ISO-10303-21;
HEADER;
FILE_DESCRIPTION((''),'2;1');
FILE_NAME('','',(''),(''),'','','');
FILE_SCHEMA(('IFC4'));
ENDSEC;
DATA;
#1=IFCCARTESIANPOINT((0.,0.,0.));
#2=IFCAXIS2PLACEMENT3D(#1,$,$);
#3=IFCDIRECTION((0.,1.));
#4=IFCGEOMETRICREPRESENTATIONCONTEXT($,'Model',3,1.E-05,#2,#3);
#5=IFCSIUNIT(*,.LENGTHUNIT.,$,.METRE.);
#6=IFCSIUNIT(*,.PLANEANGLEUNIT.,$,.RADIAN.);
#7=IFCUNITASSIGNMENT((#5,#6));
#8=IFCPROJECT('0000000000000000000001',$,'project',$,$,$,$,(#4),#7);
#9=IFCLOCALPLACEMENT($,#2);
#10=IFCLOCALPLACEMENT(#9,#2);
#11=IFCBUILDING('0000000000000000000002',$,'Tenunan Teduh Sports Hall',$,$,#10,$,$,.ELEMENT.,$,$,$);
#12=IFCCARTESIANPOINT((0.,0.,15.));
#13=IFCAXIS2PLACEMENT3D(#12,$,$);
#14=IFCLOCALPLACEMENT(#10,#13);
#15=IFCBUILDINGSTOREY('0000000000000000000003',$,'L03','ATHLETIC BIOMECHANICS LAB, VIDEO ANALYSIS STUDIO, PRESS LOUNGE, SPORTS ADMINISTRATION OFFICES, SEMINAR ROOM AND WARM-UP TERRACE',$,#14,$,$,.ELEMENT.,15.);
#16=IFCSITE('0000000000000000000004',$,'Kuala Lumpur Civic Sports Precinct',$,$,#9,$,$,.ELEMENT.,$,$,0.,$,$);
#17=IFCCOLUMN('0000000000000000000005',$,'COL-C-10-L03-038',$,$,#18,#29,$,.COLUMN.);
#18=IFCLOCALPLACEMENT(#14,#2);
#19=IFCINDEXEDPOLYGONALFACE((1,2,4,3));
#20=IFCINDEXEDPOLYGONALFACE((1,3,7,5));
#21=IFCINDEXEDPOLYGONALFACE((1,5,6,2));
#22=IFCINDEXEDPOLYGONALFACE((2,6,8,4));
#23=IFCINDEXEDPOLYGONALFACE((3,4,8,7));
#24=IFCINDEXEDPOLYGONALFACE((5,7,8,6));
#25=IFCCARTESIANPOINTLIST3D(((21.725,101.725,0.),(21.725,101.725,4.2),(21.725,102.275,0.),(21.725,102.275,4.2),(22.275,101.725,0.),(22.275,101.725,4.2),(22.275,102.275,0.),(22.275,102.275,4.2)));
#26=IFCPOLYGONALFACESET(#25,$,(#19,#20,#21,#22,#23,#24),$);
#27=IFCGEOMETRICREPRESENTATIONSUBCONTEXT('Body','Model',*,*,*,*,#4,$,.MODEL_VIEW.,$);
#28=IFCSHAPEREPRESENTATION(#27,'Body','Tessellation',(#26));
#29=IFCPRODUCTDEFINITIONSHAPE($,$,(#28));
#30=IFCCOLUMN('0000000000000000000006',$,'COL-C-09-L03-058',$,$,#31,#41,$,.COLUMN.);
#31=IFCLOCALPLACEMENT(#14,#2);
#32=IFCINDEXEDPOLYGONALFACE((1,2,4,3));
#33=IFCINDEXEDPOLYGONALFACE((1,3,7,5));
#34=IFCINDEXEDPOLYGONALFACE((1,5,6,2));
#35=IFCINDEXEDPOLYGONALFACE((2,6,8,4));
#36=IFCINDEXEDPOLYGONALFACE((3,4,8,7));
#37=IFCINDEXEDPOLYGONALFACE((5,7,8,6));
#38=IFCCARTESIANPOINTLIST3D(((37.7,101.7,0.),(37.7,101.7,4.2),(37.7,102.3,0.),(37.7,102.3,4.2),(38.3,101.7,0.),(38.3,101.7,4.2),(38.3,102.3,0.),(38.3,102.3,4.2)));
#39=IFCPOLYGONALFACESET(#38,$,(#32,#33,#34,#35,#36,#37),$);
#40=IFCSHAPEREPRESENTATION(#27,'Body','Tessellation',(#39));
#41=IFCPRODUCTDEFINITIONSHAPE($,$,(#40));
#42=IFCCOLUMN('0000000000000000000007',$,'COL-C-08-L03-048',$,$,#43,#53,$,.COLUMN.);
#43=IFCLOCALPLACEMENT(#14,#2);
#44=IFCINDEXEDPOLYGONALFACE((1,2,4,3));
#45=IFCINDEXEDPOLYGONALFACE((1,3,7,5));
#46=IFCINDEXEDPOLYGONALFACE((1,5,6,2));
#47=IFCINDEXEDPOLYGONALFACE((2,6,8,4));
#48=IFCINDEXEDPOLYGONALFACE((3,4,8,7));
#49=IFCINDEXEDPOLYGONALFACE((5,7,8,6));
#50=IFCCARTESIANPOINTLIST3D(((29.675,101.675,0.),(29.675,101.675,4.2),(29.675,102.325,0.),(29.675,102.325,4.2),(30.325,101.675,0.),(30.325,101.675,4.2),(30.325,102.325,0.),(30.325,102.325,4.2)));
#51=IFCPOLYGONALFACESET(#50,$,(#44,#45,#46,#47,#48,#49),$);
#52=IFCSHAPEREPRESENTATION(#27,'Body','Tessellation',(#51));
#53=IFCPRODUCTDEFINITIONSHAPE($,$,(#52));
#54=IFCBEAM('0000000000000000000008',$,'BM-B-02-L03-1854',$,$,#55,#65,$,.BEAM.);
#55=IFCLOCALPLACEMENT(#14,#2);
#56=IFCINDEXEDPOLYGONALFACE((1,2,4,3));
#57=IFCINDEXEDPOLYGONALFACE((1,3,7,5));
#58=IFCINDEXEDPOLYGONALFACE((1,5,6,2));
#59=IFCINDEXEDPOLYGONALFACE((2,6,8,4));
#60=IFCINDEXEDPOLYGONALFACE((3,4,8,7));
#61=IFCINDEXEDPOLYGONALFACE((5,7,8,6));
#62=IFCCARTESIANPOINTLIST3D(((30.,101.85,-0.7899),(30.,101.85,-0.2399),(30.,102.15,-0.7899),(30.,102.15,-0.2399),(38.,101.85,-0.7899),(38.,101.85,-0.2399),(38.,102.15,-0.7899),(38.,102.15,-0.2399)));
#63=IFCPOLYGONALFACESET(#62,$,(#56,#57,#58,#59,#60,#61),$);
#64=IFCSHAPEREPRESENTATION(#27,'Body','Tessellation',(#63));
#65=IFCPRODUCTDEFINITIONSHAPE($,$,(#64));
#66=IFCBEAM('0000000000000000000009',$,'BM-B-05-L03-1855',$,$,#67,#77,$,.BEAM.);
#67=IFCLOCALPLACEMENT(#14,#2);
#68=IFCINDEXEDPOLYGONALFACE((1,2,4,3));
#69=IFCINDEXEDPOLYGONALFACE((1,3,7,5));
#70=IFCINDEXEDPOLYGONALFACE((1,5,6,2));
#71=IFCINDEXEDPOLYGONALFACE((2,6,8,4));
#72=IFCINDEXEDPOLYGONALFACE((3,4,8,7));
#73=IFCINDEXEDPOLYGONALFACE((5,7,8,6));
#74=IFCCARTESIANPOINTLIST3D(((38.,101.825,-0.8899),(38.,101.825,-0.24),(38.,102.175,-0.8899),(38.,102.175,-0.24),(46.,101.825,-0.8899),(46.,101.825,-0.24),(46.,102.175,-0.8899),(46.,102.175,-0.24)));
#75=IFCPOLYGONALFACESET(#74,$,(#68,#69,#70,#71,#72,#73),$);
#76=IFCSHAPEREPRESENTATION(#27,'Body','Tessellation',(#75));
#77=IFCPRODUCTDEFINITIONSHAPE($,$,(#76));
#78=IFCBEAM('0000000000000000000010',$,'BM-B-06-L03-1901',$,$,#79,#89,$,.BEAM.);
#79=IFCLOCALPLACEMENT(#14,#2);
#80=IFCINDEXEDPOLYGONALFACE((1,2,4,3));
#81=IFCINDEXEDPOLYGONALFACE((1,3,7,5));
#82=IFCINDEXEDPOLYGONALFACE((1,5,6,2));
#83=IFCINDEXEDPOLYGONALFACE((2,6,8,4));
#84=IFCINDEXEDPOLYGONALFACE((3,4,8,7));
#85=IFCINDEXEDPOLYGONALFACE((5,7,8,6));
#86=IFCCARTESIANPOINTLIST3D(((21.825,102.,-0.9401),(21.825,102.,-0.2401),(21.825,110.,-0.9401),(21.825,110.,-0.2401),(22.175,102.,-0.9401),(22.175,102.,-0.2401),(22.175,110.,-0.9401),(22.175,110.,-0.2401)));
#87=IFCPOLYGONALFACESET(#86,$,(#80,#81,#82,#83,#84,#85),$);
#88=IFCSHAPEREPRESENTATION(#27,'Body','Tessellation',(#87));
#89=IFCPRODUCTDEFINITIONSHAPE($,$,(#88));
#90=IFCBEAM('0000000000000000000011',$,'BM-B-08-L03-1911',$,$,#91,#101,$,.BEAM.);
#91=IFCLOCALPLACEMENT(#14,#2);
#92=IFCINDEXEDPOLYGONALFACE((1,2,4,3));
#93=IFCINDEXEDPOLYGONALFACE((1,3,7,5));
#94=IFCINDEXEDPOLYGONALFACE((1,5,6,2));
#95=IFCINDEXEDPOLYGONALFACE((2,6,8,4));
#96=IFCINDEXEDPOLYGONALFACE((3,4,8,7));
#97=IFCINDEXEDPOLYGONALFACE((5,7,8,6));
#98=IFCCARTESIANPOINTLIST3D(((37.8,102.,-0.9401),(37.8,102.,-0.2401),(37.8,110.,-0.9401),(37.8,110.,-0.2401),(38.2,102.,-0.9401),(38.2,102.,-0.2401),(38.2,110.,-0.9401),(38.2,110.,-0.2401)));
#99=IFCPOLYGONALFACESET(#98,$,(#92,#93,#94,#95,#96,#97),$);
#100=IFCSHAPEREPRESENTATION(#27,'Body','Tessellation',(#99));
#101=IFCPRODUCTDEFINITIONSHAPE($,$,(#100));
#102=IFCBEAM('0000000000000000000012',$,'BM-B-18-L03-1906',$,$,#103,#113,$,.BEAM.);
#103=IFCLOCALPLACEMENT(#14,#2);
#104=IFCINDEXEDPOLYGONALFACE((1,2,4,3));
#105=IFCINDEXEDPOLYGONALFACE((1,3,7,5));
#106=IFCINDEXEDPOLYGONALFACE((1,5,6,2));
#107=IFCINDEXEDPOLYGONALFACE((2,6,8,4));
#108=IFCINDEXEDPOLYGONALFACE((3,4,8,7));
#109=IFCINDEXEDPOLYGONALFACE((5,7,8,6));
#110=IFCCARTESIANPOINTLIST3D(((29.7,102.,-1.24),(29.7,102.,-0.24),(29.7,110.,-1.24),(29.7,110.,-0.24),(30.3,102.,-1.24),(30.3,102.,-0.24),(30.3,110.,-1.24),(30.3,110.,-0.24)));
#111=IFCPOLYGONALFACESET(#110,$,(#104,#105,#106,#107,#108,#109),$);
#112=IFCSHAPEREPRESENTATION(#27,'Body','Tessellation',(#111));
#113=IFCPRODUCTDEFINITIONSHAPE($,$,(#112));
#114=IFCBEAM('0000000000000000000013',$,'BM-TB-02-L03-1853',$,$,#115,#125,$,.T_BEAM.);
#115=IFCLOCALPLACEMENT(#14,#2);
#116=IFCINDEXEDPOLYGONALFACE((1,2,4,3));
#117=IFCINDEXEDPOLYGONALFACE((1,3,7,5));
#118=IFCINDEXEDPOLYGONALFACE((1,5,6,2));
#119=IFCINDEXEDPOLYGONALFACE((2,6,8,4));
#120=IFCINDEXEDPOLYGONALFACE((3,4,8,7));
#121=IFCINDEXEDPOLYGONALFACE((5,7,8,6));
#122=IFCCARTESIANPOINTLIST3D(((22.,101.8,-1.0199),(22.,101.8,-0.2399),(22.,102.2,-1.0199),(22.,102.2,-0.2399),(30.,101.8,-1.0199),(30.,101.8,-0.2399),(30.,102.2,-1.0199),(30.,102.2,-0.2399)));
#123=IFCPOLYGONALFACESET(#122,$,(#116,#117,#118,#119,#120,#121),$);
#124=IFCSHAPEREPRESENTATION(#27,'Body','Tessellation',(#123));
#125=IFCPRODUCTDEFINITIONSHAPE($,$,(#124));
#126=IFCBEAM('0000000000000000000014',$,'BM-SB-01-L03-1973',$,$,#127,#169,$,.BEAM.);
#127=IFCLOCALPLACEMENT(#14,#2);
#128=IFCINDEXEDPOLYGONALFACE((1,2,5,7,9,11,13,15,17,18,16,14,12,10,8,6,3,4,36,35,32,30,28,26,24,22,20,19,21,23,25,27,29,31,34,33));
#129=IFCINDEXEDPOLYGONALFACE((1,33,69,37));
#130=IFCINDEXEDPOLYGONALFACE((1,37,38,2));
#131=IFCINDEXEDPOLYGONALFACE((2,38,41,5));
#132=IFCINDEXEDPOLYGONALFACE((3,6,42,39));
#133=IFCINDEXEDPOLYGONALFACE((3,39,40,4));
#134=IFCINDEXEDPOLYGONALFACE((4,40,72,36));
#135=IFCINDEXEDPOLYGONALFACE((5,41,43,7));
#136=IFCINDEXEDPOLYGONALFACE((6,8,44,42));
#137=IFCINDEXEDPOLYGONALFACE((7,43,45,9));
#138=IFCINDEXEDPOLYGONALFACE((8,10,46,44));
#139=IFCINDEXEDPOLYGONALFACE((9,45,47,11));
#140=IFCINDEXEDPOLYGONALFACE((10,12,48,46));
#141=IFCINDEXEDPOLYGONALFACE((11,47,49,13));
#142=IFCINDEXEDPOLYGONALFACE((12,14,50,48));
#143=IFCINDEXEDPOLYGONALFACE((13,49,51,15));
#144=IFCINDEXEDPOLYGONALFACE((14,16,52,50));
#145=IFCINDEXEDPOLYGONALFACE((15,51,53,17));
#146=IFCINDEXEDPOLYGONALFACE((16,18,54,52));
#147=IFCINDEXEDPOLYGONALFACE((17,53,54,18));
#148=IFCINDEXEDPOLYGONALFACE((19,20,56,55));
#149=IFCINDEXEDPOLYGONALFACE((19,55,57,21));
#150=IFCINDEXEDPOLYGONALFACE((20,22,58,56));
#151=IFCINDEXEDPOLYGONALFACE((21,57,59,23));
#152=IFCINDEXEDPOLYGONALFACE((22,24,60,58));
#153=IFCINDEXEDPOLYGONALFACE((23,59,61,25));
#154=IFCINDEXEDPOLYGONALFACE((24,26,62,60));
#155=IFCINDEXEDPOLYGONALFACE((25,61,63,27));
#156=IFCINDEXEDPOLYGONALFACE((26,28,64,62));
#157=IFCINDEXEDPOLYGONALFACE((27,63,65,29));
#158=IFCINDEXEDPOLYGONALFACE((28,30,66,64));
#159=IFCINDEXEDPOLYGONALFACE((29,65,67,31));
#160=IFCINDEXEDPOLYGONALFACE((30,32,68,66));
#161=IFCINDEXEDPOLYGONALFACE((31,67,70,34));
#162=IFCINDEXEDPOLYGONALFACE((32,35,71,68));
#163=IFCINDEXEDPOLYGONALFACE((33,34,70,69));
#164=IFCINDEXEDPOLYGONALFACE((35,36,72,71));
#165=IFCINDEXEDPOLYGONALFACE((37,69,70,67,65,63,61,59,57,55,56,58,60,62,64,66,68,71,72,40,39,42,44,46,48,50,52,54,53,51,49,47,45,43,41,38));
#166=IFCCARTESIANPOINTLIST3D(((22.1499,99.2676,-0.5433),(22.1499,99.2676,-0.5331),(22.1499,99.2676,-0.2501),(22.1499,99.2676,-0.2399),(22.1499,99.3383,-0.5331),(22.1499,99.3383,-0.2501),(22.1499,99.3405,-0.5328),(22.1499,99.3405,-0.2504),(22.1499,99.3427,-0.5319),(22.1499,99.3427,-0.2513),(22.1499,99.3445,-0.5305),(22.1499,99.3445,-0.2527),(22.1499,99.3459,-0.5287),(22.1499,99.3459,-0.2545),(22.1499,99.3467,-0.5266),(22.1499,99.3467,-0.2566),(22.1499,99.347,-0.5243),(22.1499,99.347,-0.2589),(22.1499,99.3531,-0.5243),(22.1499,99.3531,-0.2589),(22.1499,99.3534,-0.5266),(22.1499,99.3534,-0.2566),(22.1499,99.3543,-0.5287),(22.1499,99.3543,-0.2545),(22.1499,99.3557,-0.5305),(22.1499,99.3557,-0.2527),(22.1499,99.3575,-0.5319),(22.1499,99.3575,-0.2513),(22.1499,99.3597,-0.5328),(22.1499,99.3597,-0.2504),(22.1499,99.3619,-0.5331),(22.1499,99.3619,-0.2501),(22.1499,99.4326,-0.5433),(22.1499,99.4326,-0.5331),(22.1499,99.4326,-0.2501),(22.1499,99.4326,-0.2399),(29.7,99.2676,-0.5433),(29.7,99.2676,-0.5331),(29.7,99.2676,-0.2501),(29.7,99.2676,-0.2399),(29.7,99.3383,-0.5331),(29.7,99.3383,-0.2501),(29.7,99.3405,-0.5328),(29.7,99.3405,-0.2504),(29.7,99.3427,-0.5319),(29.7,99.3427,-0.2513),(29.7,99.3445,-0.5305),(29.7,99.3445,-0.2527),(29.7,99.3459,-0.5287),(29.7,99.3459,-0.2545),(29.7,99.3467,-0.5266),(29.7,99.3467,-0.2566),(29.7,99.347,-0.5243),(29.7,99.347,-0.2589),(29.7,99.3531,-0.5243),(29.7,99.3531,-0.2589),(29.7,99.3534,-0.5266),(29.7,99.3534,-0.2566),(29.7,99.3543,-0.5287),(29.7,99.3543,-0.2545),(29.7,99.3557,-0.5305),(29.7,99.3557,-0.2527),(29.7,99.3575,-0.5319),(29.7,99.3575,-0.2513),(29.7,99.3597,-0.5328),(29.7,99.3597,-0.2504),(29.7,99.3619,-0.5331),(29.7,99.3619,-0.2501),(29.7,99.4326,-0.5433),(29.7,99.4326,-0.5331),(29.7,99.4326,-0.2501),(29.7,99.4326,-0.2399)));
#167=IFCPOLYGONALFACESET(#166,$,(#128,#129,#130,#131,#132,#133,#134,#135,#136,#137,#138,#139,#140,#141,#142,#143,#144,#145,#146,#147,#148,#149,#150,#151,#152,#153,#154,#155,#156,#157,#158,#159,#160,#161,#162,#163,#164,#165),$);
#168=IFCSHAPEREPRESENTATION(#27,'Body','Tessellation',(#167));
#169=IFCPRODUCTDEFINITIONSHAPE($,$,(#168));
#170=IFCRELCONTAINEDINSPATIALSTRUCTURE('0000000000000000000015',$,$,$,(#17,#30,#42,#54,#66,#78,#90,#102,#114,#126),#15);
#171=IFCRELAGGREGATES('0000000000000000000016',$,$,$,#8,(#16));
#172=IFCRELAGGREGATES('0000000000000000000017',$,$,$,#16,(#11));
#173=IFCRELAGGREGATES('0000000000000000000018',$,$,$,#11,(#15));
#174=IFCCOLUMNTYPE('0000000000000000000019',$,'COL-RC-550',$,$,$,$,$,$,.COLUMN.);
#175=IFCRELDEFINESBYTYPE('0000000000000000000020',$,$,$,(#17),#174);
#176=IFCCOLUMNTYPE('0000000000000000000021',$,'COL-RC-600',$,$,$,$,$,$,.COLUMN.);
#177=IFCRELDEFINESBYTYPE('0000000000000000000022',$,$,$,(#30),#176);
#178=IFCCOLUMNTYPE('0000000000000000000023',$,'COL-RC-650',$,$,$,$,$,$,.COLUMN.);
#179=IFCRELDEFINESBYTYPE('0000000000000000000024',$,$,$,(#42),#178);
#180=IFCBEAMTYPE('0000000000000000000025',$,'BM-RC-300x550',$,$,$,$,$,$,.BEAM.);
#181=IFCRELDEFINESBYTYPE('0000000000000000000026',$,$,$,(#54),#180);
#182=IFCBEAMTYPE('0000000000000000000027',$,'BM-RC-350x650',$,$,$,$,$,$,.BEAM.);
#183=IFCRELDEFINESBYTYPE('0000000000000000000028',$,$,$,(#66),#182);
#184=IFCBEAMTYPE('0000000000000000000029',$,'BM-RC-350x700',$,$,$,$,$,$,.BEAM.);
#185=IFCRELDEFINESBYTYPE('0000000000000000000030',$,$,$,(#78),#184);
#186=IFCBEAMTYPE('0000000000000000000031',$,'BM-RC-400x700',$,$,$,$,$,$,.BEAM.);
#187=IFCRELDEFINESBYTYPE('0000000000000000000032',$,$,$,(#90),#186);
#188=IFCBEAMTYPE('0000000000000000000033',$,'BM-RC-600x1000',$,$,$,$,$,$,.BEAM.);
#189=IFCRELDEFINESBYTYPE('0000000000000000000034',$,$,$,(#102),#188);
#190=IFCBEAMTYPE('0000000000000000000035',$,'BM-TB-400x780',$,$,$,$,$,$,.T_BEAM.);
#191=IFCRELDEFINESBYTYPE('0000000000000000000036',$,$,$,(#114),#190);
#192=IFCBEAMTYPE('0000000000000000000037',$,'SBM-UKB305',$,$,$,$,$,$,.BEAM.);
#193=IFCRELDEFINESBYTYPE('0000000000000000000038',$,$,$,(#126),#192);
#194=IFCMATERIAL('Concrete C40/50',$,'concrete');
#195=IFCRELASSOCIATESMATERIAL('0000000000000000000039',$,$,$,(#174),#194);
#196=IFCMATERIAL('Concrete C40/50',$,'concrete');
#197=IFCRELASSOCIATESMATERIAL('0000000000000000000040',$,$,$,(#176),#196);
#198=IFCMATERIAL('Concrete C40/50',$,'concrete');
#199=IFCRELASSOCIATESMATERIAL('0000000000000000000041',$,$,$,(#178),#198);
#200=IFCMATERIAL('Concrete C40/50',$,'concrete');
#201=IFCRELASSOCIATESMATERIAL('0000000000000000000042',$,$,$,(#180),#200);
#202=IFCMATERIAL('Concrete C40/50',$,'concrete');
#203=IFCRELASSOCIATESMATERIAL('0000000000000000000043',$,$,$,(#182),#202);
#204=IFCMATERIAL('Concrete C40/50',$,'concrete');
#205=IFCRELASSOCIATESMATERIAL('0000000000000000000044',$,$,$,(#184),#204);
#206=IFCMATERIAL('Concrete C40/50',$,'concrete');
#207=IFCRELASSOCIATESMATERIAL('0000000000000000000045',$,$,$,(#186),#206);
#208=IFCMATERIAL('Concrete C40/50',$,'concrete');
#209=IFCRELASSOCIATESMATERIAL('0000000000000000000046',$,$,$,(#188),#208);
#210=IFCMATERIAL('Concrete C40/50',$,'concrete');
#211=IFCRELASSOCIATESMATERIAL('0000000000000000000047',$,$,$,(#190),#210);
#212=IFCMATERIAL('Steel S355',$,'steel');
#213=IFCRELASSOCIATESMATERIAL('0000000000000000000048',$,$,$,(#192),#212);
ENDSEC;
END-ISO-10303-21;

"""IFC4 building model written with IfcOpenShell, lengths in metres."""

from ifc_helpers import new_model, si_unit, direction, frame, origin, origin_2d, place, context, subcontext, project, spatial, rectangle, i_section, extrude, material, material_profile, profile_set, type_object, element, save


model = new_model("IFC4")

# Units and contexts
model_context = context("Model", 3, precision=1e-05, world=origin(), true_north=direction((0.0, 1.0)))
body_context = subcontext(model_context, "Body", "Model", "MODEL_VIEW")
ifc_project = project(units=[si_unit("LENGTHUNIT", "METRE"), si_unit("PLANEANGLEUNIT", "RADIAN")], contexts=[model_context])

# Site, building, storey
site_placement = place(None, origin())
site = spatial("IfcSite", under=ifc_project, at=site_placement, Name="Kuala Lumpur Civic Sports Precinct", CompositionType="ELEMENT", RefElevation=0.0)
building_placement = place(site_placement, origin())
building = spatial("IfcBuilding", under=site, at=building_placement, Name="Tenunan Teduh Sports Hall", CompositionType="ELEMENT")
storey_placement = place(building_placement, frame((0.0, 0.0, 15.0)))
storey = spatial("IfcBuildingStorey", under=building, at=storey_placement, Name="L03", Description="ATHLETIC BIOMECHANICS LAB, VIDEO ANALYSIS STUDIO, PRESS LOUNGE, SPORTS ADMINISTRATION OFFICES, SEMINAR ROOM AND WARM-UP TERRACE", CompositionType="ELEMENT", Elevation=15.0)

# Columns
ifc_material_1 = material(Name="Concrete C40/50", Category="concrete")
ifc_material_profile_1 = material_profile(ifc_material_1, rectangle(XDim=0.55, YDim=0.55, at=origin_2d()), Name="RC 550x550")
ifc_profile_set_1 = profile_set([ifc_material_profile_1], Name="Concrete C40/50")
column_type_1 = type_object("IfcColumnType", Name="COL-RC-550", PredefinedType="COLUMN", material=ifc_profile_set_1)
column_1_placement = place(storey_placement, frame((22.0, 102.0, 0.0), z_axis=(0.0, 0.0, 1.0), x_axis=(1.0, 0.0, 0.0)))
element("IfcColumn", 1, at=column_1_placement, inside=storey, type_object=column_type_1, Name="COL-C-10-L03-038", PredefinedType="COLUMN", context=body_context, shape_type="SweptSolid", body=[
    extrude(rectangle(XDim=0.55, YDim=0.55, at=origin_2d()), origin(), (0.0, 0.0, 1.0), 4.2),
])
ifc_material_2 = material(Name="Concrete C40/50", Category="concrete")
ifc_material_profile_2 = material_profile(ifc_material_2, rectangle(XDim=0.6001, YDim=0.6001, at=origin_2d()), Name="RC 600x600")
ifc_profile_set_2 = profile_set([ifc_material_profile_2], Name="Concrete C40/50")
column_type_2 = type_object("IfcColumnType", Name="COL-RC-600", PredefinedType="COLUMN", material=ifc_profile_set_2)
column_2_placement = place(storey_placement, frame((38.0, 102.0, 0.0), z_axis=(0.0, 0.0, 1.0), x_axis=(1.0, 0.0, 0.0)))
element("IfcColumn", 2, at=column_2_placement, inside=storey, type_object=column_type_2, Name="COL-C-09-L03-058", PredefinedType="COLUMN", context=body_context, shape_type="SweptSolid", body=[
    extrude(rectangle(XDim=0.6001, YDim=0.6001, at=origin_2d()), origin(), (0.0, 0.0, 1.0), 4.2),
])
ifc_material_3 = material(Name="Concrete C40/50", Category="concrete")
ifc_material_profile_3 = material_profile(ifc_material_3, rectangle(XDim=0.6499, YDim=0.6499, at=origin_2d()), Name="RC 650x650")
ifc_profile_set_3 = profile_set([ifc_material_profile_3], Name="Concrete C40/50")
column_type_3 = type_object("IfcColumnType", Name="COL-RC-650", PredefinedType="COLUMN", material=ifc_profile_set_3)
column_3_placement = place(storey_placement, frame((30.0, 102.0, 0.0), z_axis=(0.0, 0.0, 1.0), x_axis=(1.0, 0.0, 0.0)))
element("IfcColumn", 3, at=column_3_placement, inside=storey, type_object=column_type_3, Name="COL-C-08-L03-048", PredefinedType="COLUMN", context=body_context, shape_type="SweptSolid", body=[
    extrude(rectangle(XDim=0.6499, YDim=0.6499, at=origin_2d()), origin(), (0.0, 0.0, 1.0), 4.2),
])

# Beams
ifc_material_4 = material(Name="Concrete C40/50", Category="concrete")
ifc_material_profile_4 = material_profile(ifc_material_4, rectangle(XDim=0.3, YDim=0.55, at=origin_2d()), Name="RCB 300x550")
ifc_profile_set_4 = profile_set([ifc_material_profile_4], Name="Concrete C40/50")
beam_type_1 = type_object("IfcBeamType", Name="BM-RC-300x550", PredefinedType="BEAM", material=ifc_profile_set_4)
beam_1_placement = place(storey_placement, frame((30.0, 102.0, -0.5149), z_axis=(1.0, 0.0, 0.0), x_axis=(0.0, 1.0, 0.0)))
element("IfcBeam", 4, at=beam_1_placement, inside=storey, type_object=beam_type_1, Name="BM-B-02-L03-1854", PredefinedType="BEAM", context=body_context, shape_type="SweptSolid", body=[
    extrude(rectangle(XDim=0.3, YDim=0.55, at=origin_2d()), origin(), (0.0, 0.0, 1.0), 8.0),
])
ifc_material_5 = material(Name="Concrete C40/50", Category="concrete")
ifc_material_profile_5 = material_profile(ifc_material_5, rectangle(XDim=0.3501, YDim=0.6499, at=origin_2d()), Name="RCB 350x650")
ifc_profile_set_5 = profile_set([ifc_material_profile_5], Name="Concrete C40/50")
beam_type_2 = type_object("IfcBeamType", Name="BM-RC-350x650", PredefinedType="BEAM", material=ifc_profile_set_5)
beam_2_placement = place(storey_placement, frame((38.0, 102.0, -0.5649), z_axis=(1.0, 0.0, 0.0), x_axis=(0.0, 1.0, 0.0)))
element("IfcBeam", 5, at=beam_2_placement, inside=storey, type_object=beam_type_2, Name="BM-B-05-L03-1855", PredefinedType="BEAM", context=body_context, shape_type="SweptSolid", body=[
    extrude(rectangle(XDim=0.3501, YDim=0.6499, at=origin_2d()), origin(), (0.0, 0.0, 1.0), 8.0),
])
ifc_material_6 = material(Name="Concrete C40/50", Category="concrete")
ifc_material_profile_6 = material_profile(ifc_material_6, rectangle(XDim=0.3501, YDim=0.7, at=origin_2d()), Name="RCB 350x700")
ifc_profile_set_6 = profile_set([ifc_material_profile_6], Name="Concrete C40/50")
beam_type_3 = type_object("IfcBeamType", Name="BM-RC-350x700", PredefinedType="BEAM", material=ifc_profile_set_6)
beam_3_placement = place(storey_placement, frame((22.0, 102.0, -0.5901), z_axis=(0.0, 1.0, 0.0), x_axis=(-1.0, 0.0, 0.0)))
element("IfcBeam", 6, at=beam_3_placement, inside=storey, type_object=beam_type_3, Name="BM-B-06-L03-1901", PredefinedType="BEAM", context=body_context, shape_type="SweptSolid", body=[
    extrude(rectangle(XDim=0.3501, YDim=0.7, at=origin_2d()), origin(), (0.0, 0.0, 1.0), 8.0),
])
ifc_material_7 = material(Name="Concrete C40/50", Category="concrete")
ifc_material_profile_7 = material_profile(ifc_material_7, rectangle(XDim=0.3999, YDim=0.7, at=origin_2d()), Name="RCB 400x700")
ifc_profile_set_7 = profile_set([ifc_material_profile_7], Name="Concrete C40/50")
beam_type_4 = type_object("IfcBeamType", Name="BM-RC-400x700", PredefinedType="BEAM", material=ifc_profile_set_7)
beam_4_placement = place(storey_placement, frame((38.0, 102.0, -0.5901), z_axis=(0.0, 1.0, 0.0), x_axis=(-1.0, 0.0, 0.0)))
element("IfcBeam", 7, at=beam_4_placement, inside=storey, type_object=beam_type_4, Name="BM-B-08-L03-1911", PredefinedType="BEAM", context=body_context, shape_type="SweptSolid", body=[
    extrude(rectangle(XDim=0.3999, YDim=0.7, at=origin_2d()), origin(), (0.0, 0.0, 1.0), 8.0),
])
ifc_material_8 = material(Name="Concrete C40/50", Category="concrete")
ifc_material_profile_8 = material_profile(ifc_material_8, rectangle(XDim=0.6001, YDim=1.0, at=origin_2d()), Name="RCB 600x1000")
ifc_profile_set_8 = profile_set([ifc_material_profile_8], Name="Concrete C40/50")
beam_type_5 = type_object("IfcBeamType", Name="BM-RC-600x1000", PredefinedType="BEAM", material=ifc_profile_set_8)
beam_5_placement = place(storey_placement, frame((30.0, 102.0, -0.74), z_axis=(0.0, 1.0, 0.0), x_axis=(-1.0, 0.0, 0.0)))
element("IfcBeam", 8, at=beam_5_placement, inside=storey, type_object=beam_type_5, Name="BM-B-18-L03-1906", PredefinedType="BEAM", context=body_context, shape_type="SweptSolid", body=[
    extrude(rectangle(XDim=0.6001, YDim=1.0, at=origin_2d()), origin(), (0.0, 0.0, 1.0), 8.0),
])
ifc_material_9 = material(Name="Concrete C40/50", Category="concrete")
ifc_material_profile_9 = material_profile(ifc_material_9, rectangle(XDim=0.3999, YDim=0.78, at=origin_2d()), Name="TB 400x780")
ifc_profile_set_9 = profile_set([ifc_material_profile_9], Name="Concrete C40/50")
beam_type_6 = type_object("IfcBeamType", Name="BM-TB-400x780", PredefinedType="T_BEAM", material=ifc_profile_set_9)
beam_6_placement = place(storey_placement, frame((22.0, 102.0, -0.6299), z_axis=(1.0, 0.0, 0.0), x_axis=(0.0, 1.0, 0.0)))
element("IfcBeam", 9, at=beam_6_placement, inside=storey, type_object=beam_type_6, Name="BM-TB-02-L03-1853", PredefinedType="T_BEAM", context=body_context, shape_type="SweptSolid", body=[
    extrude(rectangle(XDim=0.3999, YDim=0.78, at=origin_2d()), origin(), (0.0, 0.0, 1.0), 8.0),
])
ifc_material_10 = material(Name="Steel S355", Category="steel")
ifc_material_profile_10 = material_profile(ifc_material_10, i_section(OverallWidth=0.165, OverallDepth=0.3035, WebThickness=0.0061, FlangeThickness=0.0103, FilletRadius=0.0088, at=origin_2d()), Name="UKB 305x165x40")
ifc_profile_set_10 = profile_set([ifc_material_profile_10], Name="Steel S355")
beam_type_7 = type_object("IfcBeamType", Name="SBM-UKB305", PredefinedType="BEAM", material=ifc_profile_set_10)
beam_7_placement = place(storey_placement, frame((22.1499, 99.3501, -0.3916), z_axis=(1.0, 0.0, 0.0), x_axis=(0.0, 1.0, 0.0)))
element("IfcBeam", 10, at=beam_7_placement, inside=storey, type_object=beam_type_7, Name="BM-SB-01-L03-1973", PredefinedType="BEAM", context=body_context, shape_type="SweptSolid", body=[
    extrude(i_section(OverallWidth=0.165, OverallDepth=0.3035, WebThickness=0.0061, FlangeThickness=0.0103, FilletRadius=0.0088, at=origin_2d()), origin(), (0.0, 0.0, 1.0), 7.55),
])

save(model, "model.ifc")
